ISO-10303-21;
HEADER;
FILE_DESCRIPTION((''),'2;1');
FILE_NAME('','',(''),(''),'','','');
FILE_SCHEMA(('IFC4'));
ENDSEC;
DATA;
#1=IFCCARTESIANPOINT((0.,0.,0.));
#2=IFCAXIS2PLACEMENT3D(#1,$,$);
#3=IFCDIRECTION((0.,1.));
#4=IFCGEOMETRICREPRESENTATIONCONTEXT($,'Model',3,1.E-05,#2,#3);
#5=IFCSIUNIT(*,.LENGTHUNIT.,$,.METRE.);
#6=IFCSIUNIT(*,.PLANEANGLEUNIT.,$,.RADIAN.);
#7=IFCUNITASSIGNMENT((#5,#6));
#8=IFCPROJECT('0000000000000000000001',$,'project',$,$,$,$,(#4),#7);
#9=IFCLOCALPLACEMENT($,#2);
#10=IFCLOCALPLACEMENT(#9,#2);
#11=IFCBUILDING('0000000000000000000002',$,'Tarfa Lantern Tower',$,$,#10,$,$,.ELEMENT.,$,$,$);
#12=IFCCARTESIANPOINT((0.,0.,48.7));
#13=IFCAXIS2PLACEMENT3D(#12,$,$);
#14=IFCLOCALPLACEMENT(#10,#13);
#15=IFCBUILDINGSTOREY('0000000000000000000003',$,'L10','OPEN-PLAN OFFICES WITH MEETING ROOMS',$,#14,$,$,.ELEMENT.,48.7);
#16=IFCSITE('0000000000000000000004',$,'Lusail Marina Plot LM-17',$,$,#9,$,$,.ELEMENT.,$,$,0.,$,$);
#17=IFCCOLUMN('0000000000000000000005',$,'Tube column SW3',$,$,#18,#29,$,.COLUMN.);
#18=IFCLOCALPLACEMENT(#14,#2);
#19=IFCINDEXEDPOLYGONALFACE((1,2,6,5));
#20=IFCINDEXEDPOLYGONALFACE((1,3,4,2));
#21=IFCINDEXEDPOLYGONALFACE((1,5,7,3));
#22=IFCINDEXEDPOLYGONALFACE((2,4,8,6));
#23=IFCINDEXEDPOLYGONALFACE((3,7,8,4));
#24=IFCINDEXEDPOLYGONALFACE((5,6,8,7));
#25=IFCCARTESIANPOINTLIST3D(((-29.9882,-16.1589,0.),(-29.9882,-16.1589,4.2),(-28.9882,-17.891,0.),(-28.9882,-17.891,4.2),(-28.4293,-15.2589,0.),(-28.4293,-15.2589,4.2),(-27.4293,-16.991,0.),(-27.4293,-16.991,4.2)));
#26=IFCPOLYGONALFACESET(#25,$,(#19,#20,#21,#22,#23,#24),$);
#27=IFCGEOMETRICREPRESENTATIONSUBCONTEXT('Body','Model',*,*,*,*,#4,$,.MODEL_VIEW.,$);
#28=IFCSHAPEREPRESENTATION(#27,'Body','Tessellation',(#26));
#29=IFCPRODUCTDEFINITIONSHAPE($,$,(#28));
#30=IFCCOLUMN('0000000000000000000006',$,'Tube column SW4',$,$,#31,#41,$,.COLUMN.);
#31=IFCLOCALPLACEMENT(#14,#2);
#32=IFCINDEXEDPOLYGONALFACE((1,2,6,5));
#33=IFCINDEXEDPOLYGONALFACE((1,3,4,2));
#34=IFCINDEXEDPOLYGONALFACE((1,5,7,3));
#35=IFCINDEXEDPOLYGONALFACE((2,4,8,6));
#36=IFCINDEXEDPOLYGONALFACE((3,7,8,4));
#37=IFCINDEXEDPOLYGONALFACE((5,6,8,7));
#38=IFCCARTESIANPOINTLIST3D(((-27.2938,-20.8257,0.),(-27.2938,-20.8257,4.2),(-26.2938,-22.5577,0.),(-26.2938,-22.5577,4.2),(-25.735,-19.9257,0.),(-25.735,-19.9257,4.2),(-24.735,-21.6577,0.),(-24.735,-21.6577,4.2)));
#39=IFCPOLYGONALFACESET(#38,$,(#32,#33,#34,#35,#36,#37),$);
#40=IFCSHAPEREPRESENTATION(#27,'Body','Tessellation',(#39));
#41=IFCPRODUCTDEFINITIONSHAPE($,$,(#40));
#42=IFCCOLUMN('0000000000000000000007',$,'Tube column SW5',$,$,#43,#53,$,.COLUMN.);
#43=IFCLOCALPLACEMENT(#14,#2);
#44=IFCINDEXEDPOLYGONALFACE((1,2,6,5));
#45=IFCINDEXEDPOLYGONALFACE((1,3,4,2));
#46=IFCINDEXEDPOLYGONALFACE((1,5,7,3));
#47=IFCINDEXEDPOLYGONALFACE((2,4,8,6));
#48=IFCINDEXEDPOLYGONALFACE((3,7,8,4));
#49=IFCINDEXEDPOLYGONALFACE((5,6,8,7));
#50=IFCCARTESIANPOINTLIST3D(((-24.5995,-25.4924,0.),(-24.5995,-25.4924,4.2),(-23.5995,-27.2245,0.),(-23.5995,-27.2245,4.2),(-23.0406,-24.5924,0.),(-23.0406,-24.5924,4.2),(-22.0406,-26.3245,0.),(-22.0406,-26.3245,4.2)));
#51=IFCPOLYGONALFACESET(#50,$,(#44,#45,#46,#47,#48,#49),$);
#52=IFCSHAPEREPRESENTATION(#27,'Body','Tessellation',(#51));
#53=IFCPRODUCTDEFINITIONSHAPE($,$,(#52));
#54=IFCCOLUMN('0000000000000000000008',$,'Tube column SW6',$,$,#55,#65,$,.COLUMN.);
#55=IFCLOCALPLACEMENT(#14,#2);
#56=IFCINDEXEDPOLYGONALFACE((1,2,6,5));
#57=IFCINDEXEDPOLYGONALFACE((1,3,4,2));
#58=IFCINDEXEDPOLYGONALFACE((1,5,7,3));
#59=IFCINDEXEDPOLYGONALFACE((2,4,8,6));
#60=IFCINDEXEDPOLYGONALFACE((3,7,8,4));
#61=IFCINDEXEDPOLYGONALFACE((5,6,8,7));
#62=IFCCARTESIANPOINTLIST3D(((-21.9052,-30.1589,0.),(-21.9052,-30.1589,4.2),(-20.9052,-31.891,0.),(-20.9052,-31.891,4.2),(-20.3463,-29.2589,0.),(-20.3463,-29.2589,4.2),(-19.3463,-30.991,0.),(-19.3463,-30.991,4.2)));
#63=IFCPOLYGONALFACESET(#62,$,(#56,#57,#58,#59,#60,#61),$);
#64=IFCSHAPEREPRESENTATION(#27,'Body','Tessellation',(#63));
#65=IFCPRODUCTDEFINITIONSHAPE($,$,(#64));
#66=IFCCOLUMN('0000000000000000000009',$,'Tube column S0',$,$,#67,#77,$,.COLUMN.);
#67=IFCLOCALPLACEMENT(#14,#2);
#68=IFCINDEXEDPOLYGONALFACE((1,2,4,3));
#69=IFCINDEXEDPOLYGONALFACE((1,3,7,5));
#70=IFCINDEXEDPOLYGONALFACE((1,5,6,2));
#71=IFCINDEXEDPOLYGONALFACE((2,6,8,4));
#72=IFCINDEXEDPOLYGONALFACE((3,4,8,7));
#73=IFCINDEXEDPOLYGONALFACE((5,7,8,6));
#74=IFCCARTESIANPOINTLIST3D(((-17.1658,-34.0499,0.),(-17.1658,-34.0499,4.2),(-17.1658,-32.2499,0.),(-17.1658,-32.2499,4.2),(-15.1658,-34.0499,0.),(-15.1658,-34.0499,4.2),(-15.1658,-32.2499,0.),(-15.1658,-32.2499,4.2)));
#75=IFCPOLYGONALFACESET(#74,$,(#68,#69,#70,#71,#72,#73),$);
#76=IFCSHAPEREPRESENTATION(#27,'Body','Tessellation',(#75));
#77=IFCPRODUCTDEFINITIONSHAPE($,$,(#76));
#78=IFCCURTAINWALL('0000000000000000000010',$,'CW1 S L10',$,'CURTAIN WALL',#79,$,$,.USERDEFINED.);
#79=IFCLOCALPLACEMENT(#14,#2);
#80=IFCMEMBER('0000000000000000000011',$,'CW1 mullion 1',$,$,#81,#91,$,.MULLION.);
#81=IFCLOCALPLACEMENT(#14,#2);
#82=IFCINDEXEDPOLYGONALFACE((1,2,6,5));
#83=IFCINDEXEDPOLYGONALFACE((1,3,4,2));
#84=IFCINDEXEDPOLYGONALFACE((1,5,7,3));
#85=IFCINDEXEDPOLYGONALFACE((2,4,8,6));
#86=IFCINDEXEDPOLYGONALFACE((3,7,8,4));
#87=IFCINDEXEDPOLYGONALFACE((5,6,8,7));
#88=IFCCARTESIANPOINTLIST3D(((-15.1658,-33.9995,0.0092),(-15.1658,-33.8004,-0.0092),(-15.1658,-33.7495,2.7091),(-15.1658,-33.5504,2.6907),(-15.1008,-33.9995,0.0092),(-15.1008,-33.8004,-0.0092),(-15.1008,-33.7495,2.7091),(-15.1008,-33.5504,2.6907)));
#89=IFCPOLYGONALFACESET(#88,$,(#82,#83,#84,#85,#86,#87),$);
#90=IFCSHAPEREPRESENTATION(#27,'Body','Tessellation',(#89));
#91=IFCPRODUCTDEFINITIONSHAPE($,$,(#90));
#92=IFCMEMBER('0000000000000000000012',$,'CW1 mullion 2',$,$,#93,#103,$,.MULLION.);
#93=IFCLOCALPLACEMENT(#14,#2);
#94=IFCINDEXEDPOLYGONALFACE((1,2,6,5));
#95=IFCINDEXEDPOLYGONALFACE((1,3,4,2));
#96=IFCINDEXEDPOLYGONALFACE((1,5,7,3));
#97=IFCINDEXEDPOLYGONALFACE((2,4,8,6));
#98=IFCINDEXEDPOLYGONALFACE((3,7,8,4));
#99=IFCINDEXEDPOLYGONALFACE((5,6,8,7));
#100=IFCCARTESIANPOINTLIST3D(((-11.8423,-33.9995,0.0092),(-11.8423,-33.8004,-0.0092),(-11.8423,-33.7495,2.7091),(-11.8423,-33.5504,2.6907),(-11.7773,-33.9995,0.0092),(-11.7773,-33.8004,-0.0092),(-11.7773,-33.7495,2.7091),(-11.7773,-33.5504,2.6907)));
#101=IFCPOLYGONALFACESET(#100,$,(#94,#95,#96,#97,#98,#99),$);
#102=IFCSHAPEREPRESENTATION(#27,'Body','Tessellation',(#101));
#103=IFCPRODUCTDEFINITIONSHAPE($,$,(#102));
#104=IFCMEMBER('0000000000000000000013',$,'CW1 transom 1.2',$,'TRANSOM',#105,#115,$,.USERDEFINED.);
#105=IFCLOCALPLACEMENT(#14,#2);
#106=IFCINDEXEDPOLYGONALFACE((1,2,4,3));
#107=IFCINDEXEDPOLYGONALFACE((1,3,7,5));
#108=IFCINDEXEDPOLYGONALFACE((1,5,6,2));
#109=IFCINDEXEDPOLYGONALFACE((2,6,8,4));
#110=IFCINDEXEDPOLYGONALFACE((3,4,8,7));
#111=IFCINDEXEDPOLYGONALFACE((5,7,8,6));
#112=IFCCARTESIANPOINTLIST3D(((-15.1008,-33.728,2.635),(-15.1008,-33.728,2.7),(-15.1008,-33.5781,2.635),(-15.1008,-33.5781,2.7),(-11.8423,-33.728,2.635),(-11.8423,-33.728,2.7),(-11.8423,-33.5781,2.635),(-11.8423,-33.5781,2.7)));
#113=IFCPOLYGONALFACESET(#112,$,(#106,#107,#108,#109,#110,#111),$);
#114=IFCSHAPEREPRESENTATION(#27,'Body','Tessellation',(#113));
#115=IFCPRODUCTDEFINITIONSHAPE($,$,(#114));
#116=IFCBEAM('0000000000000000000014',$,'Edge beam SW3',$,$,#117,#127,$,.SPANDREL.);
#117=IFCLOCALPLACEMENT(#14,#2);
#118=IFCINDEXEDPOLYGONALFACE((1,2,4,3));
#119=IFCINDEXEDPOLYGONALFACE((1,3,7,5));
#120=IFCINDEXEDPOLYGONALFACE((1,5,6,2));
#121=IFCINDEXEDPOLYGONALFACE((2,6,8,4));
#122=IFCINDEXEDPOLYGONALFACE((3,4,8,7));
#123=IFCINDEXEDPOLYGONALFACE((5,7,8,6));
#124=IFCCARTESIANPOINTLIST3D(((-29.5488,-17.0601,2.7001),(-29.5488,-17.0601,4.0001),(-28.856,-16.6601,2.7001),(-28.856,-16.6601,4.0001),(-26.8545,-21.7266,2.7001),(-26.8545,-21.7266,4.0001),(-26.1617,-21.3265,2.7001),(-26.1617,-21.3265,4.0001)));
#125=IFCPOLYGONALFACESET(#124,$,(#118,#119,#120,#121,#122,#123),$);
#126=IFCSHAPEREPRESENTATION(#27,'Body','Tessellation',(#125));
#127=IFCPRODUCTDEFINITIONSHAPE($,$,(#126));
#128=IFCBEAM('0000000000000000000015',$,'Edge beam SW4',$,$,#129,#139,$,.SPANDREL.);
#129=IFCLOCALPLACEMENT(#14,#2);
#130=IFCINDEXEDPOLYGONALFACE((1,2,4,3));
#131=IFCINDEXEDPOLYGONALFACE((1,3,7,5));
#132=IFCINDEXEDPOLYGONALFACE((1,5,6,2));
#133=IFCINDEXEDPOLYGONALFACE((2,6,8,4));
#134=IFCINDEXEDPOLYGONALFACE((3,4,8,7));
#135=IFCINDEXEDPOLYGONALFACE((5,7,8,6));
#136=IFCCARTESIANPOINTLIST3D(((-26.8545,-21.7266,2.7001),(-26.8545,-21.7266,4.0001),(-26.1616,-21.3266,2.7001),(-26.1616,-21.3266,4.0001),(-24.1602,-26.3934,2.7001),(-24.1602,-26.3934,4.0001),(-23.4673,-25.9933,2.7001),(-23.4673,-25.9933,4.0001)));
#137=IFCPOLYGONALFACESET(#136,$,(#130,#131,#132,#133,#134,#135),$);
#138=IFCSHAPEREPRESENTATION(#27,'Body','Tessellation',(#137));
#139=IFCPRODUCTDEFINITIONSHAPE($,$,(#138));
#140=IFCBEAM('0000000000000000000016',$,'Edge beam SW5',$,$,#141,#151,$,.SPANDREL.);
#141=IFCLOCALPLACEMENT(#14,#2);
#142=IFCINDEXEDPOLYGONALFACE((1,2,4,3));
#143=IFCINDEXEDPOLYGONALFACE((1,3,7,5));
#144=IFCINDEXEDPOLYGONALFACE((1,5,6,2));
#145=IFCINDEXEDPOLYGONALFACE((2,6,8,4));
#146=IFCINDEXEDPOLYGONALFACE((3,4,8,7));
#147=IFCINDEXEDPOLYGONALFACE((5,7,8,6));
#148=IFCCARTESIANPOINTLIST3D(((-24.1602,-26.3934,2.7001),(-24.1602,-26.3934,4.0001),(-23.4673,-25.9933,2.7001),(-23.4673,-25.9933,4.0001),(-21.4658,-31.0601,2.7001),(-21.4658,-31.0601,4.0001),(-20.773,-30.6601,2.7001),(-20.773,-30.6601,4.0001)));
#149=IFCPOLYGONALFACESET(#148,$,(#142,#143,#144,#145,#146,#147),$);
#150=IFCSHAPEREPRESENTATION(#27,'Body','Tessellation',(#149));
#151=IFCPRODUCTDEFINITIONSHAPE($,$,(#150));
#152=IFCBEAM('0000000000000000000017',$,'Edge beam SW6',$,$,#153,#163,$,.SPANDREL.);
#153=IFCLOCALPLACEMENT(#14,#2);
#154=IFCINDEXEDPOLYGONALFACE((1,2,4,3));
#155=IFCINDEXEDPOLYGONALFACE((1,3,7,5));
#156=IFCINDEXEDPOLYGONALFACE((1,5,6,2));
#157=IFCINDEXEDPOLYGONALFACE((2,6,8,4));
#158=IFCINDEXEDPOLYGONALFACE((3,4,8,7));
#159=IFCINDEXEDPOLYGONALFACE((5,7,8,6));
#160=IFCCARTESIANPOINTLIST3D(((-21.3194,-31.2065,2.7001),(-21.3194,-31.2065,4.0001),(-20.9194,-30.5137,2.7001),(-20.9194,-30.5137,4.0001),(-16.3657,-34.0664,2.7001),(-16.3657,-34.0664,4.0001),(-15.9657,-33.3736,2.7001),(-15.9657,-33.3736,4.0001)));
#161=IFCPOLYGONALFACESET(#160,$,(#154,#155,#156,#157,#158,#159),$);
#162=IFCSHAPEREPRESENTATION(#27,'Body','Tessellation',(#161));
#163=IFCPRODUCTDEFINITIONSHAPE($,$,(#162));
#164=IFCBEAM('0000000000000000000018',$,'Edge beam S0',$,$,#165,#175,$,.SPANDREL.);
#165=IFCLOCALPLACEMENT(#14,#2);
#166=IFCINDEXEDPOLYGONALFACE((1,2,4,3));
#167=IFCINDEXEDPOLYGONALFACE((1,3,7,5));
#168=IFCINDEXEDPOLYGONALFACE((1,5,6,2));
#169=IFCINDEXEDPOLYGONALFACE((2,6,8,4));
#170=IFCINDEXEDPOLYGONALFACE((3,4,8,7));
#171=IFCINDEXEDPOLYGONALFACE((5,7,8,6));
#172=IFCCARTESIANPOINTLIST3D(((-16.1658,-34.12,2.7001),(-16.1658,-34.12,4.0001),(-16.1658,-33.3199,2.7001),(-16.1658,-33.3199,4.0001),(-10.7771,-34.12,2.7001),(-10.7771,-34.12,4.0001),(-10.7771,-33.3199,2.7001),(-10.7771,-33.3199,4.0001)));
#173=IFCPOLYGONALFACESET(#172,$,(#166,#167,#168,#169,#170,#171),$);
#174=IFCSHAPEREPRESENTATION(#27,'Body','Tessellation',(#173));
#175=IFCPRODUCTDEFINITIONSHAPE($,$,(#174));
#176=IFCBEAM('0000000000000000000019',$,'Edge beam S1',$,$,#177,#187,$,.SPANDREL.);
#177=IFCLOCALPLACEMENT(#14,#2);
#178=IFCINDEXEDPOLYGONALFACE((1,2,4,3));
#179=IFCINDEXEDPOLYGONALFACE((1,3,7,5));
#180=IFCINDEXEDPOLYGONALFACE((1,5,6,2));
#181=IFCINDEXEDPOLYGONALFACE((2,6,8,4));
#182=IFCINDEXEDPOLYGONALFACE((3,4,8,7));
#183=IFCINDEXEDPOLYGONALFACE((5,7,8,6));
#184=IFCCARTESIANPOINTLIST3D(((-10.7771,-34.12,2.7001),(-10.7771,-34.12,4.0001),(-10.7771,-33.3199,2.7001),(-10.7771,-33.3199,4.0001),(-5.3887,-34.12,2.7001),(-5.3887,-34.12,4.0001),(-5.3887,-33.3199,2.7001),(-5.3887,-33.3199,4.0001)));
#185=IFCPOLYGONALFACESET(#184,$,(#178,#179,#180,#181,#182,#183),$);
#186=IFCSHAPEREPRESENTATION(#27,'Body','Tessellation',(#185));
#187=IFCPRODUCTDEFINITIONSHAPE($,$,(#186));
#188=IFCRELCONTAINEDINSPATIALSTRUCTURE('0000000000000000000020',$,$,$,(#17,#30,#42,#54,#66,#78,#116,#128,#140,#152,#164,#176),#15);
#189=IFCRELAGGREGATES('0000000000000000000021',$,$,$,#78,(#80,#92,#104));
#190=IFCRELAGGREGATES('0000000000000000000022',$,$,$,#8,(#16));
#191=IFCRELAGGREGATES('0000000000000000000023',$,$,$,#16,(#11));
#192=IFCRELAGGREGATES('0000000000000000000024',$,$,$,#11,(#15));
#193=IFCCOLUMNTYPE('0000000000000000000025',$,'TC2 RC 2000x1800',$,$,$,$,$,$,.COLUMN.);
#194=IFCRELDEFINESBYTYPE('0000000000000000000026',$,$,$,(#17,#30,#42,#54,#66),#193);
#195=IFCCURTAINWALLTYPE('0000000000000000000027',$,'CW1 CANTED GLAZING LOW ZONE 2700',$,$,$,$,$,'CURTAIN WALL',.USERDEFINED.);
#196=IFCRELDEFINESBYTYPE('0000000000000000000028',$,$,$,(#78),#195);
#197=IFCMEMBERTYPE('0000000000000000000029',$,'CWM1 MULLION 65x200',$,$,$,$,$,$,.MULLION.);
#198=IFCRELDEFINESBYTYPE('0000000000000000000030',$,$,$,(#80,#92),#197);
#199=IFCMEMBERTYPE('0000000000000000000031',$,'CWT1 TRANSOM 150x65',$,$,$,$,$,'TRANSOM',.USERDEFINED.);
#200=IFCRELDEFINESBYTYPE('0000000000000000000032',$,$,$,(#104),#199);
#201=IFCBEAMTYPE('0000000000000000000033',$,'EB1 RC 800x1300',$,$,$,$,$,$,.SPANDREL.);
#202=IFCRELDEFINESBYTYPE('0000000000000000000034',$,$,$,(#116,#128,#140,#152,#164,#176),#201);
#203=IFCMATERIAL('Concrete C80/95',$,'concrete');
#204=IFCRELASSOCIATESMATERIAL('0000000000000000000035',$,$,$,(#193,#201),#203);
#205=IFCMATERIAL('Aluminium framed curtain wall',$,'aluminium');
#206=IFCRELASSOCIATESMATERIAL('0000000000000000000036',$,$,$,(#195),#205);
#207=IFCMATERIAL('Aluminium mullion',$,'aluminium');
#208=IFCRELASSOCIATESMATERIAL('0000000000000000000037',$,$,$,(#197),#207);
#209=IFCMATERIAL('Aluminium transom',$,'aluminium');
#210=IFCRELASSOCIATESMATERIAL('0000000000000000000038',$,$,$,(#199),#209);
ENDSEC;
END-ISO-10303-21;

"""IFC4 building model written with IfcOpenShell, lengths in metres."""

from ifc_helpers import new_model, si_unit, direction, frame, origin, origin_2d, place, context, subcontext, project, spatial, rectangle, extrude, material, material_profile, profile_set, type_object, element, aggregate, save


model = new_model("IFC4")

# Units and contexts
model_context = context("Model", 3, precision=1e-05, world=origin(), true_north=direction((0.0, 1.0)))
body_context = subcontext(model_context, "Body", "Model", "MODEL_VIEW")
ifc_project = project(units=[si_unit("LENGTHUNIT", "METRE"), si_unit("PLANEANGLEUNIT", "RADIAN")], contexts=[model_context])

# Site, building, storey
site_placement = place(None, origin())
site = spatial("IfcSite", under=ifc_project, at=site_placement, Name="Lusail Marina Plot LM-17", CompositionType="ELEMENT", RefElevation=0.0)
building_placement = place(site_placement, origin())
building = spatial("IfcBuilding", under=site, at=building_placement, Name="Tarfa Lantern Tower", CompositionType="ELEMENT")
storey_placement = place(building_placement, frame((0.0, 0.0, 48.7)))
storey = spatial("IfcBuildingStorey", under=building, at=storey_placement, Name="L10", Description="OPEN-PLAN OFFICES WITH MEETING ROOMS", CompositionType="ELEMENT", Elevation=48.7)

# Columns
ifc_material_1 = material(Name="Concrete C80/95", Category="concrete")
ifc_material_profile_1 = material_profile(ifc_material_1, rectangle(XDim=2.0, YDim=1.8, at=origin_2d()), Name="RC 2000x1800")
ifc_profile_set_1 = profile_set([ifc_material_profile_1], Name="Concrete C80/95")
column_type = type_object("IfcColumnType", Name="TC2 RC 2000x1800", PredefinedType="COLUMN", material=ifc_profile_set_1)
for number, where, z_axis, x_axis, name in (
    (1, (-28.7087, -16.575, 0.0), (0.0, 0.0, 1.0), (0.5, -0.866025, 0.0), "Tube column SW3"),
    (2, (-26.0144, -21.2417, 0.0), (0.0, 0.0, 1.0), (0.5, -0.866025, 0.0), "Tube column SW4"),
    (3, (-23.3201, -25.9084, 0.0), (0.0, 0.0, 1.0), (0.5, -0.866025, 0.0), "Tube column SW5"),
    (4, (-20.6257, -30.575, 0.0), (0.0, 0.0, 1.0), (0.5, -0.866025, 0.0), "Tube column SW6"),
    (5, (-16.1658, -33.1499, 0.0), (0.0, 0.0, 1.0), (1.0, 0.0, 0.0), "Tube column S0"),
):
    element("IfcColumn", number, at=place(storey_placement, frame(where, z_axis=z_axis, x_axis=x_axis)), inside=storey, type_object=column_type, Name=name, PredefinedType="COLUMN", context=body_context, shape_type="SweptSolid", body=[
        extrude(rectangle(XDim=2.0, YDim=1.8, at=origin_2d()), origin(), (0.0, 0.0, 1.0), 4.2),
    ])

# Curtain wall, members
ifc_material_2 = material(Name="Aluminium framed curtain wall", Category="aluminium")
curtain_wall_type = type_object("IfcCurtainWallType", Name="CW1 CANTED GLAZING LOW ZONE 2700", ElementType="CURTAIN WALL", PredefinedType="USERDEFINED", material=ifc_material_2)
curtain_wall_placement = place(storey_placement, origin())
curtain_wall = element("IfcCurtainWall", 6, at=curtain_wall_placement, inside=storey, type_object=curtain_wall_type, Name="CW1 S L10", ObjectType="CURTAIN WALL", PredefinedType="USERDEFINED")
ifc_material_3 = material(Name="Aluminium mullion", Category="aluminium")
ifc_material_profile_2 = material_profile(ifc_material_3, rectangle(XDim=0.0649, YDim=0.2, at=origin_2d()), Name="AL MULLION 65x200")
ifc_profile_set_2 = profile_set([ifc_material_profile_2], Name="Aluminium mullion")
member_type_1 = type_object("IfcMemberType", Name="CWM1 MULLION 65x200", PredefinedType="MULLION", material=ifc_profile_set_2)
member_1_placement = place(storey_placement, frame((-15.1333, -33.8999, 0.0), z_axis=(0.0, 0.0922, 0.995741), x_axis=(-1.0, 0.0, 0.0)))
member_1 = element("IfcMember", 7, at=member_1_placement, type_object=member_type_1, Name="CW1 mullion 1", PredefinedType="MULLION", context=body_context, shape_type="SweptSolid", body=[
    extrude(rectangle(XDim=0.0649, YDim=0.2, at=origin_2d()), origin(), (0.0, 0.0, 1.0), 2.7114),
])
member_2_placement = place(storey_placement, frame((-11.8098, -33.8999, 0.0), z_axis=(0.0, 0.0922, 0.995741), x_axis=(-1.0, 0.0, 0.0)))
member_2 = element("IfcMember", 8, at=member_2_placement, type_object=member_type_1, Name="CW1 mullion 2", PredefinedType="MULLION", context=body_context, shape_type="SweptSolid", body=[
    extrude(rectangle(XDim=0.0649, YDim=0.2, at=origin_2d()), origin(), (0.0, 0.0, 1.0), 2.7114),
])
ifc_material_4 = material(Name="Aluminium transom", Category="aluminium")
ifc_material_profile_3 = material_profile(ifc_material_4, rectangle(XDim=0.1499, YDim=0.0649, at=origin_2d()), Name="AL TRANSOM 150x65")
ifc_profile_set_3 = profile_set([ifc_material_profile_3], Name="Aluminium transom")
member_type_2 = type_object("IfcMemberType", Name="CWT1 TRANSOM 150x65", ElementType="TRANSOM", PredefinedType="USERDEFINED", material=ifc_profile_set_3)
member_3_placement = place(storey_placement, frame((-15.1008, -33.6531, 2.6675), z_axis=(1.0, 0.0, 0.0), x_axis=(0.0, 1.0, 0.0)))
member_3 = element("IfcMember", 9, at=member_3_placement, type_object=member_type_2, Name="CW1 transom 1.2", ObjectType="TRANSOM", PredefinedType="USERDEFINED", context=body_context, shape_type="SweptSolid", body=[
    extrude(rectangle(XDim=0.1499, YDim=0.0649, at=origin_2d()), origin(), (0.0, 0.0, 1.0), 3.2585),
])

# Beams
ifc_material_profile_4 = material_profile(ifc_material_1, rectangle(XDim=0.8, YDim=1.3, at=origin_2d()), Name="RC 800x1300")
ifc_profile_set_4 = profile_set([ifc_material_profile_4], Name="Concrete C80/95")
beam_type_1 = type_object("IfcBeamType", Name="EB1 RC 800x1300", PredefinedType="SPANDREL", material=ifc_profile_set_4)
beam_1_placement = place(storey_placement, frame((-29.2024, -16.8601, 3.3501), z_axis=(0.500018, -0.866015, 0.0), x_axis=(0.866015, 0.500018, 0.0)))
element("IfcBeam", 10, at=beam_1_placement, inside=storey, type_object=beam_type_1, Name="Edge beam SW3", PredefinedType="SPANDREL", context=body_context, shape_type="SweptSolid", body=[
    extrude(rectangle(XDim=0.8, YDim=1.3, at=origin_2d()), origin(), (0.0, 0.0, 1.0), 5.3884),
])
for number, where, z_axis, x_axis, name in (
    (11, (-26.5081, -21.5266, 3.3501), (0.499998, -0.866026, 0.0), (0.866026, 0.499998, 0.0), "Edge beam SW4"),
    (12, (-23.8137, -26.1934, 3.3501), (0.499998, -0.866026, 0.0), (0.866026, 0.499998, 0.0), "Edge beam SW5"),
):
    element("IfcBeam", number, at=place(storey_placement, frame(where, z_axis=z_axis, x_axis=x_axis)), inside=storey, type_object=beam_type_1, Name=name, PredefinedType="SPANDREL", context=body_context, shape_type="SweptSolid", body=[
        extrude(rectangle(XDim=0.8, YDim=1.3, at=origin_2d()), origin(), (0.0, 0.0, 1.0), 5.3887),
    ])
beam_2_placement = place(storey_placement, frame((-21.1194, -30.8601, 3.3501), z_axis=(0.866033, -0.499986, 0.0), x_axis=(0.499986, 0.866033, 0.0)))
element("IfcBeam", 13, at=beam_2_placement, inside=storey, type_object=beam_type_1, Name="Edge beam SW6", PredefinedType="SPANDREL", context=body_context, shape_type="SweptSolid", body=[
    extrude(rectangle(XDim=0.8, YDim=1.3, at=origin_2d()), origin(), (0.0, 0.0, 1.0), 5.72),
])
beam_3_placement = place(storey_placement, frame((-16.1658, -33.72, 3.3501), z_axis=(1.0, 0.0, 0.0), x_axis=(0.0, 1.0, 0.0)))
element("IfcBeam", 14, at=beam_3_placement, inside=storey, type_object=beam_type_1, Name="Edge beam S0", PredefinedType="SPANDREL", context=body_context, shape_type="SweptSolid", body=[
    extrude(rectangle(XDim=0.8, YDim=1.3, at=origin_2d()), origin(), (0.0, 0.0, 1.0), 5.3887),
])
beam_4_placement = place(storey_placement, frame((-10.7771, -33.72, 3.3501), z_axis=(1.0, 0.0, 0.0), x_axis=(0.0, 1.0, 0.0)))
element("IfcBeam", 15, at=beam_4_placement, inside=storey, type_object=beam_type_1, Name="Edge beam S1", PredefinedType="SPANDREL", context=body_context, shape_type="SweptSolid", body=[
    extrude(rectangle(XDim=0.8, YDim=1.3, at=origin_2d()), origin(), (0.0, 0.0, 1.0), 5.3884),
])

aggregate(curtain_wall, [member_1, member_2, member_3])

save(model, "model.ifc")
